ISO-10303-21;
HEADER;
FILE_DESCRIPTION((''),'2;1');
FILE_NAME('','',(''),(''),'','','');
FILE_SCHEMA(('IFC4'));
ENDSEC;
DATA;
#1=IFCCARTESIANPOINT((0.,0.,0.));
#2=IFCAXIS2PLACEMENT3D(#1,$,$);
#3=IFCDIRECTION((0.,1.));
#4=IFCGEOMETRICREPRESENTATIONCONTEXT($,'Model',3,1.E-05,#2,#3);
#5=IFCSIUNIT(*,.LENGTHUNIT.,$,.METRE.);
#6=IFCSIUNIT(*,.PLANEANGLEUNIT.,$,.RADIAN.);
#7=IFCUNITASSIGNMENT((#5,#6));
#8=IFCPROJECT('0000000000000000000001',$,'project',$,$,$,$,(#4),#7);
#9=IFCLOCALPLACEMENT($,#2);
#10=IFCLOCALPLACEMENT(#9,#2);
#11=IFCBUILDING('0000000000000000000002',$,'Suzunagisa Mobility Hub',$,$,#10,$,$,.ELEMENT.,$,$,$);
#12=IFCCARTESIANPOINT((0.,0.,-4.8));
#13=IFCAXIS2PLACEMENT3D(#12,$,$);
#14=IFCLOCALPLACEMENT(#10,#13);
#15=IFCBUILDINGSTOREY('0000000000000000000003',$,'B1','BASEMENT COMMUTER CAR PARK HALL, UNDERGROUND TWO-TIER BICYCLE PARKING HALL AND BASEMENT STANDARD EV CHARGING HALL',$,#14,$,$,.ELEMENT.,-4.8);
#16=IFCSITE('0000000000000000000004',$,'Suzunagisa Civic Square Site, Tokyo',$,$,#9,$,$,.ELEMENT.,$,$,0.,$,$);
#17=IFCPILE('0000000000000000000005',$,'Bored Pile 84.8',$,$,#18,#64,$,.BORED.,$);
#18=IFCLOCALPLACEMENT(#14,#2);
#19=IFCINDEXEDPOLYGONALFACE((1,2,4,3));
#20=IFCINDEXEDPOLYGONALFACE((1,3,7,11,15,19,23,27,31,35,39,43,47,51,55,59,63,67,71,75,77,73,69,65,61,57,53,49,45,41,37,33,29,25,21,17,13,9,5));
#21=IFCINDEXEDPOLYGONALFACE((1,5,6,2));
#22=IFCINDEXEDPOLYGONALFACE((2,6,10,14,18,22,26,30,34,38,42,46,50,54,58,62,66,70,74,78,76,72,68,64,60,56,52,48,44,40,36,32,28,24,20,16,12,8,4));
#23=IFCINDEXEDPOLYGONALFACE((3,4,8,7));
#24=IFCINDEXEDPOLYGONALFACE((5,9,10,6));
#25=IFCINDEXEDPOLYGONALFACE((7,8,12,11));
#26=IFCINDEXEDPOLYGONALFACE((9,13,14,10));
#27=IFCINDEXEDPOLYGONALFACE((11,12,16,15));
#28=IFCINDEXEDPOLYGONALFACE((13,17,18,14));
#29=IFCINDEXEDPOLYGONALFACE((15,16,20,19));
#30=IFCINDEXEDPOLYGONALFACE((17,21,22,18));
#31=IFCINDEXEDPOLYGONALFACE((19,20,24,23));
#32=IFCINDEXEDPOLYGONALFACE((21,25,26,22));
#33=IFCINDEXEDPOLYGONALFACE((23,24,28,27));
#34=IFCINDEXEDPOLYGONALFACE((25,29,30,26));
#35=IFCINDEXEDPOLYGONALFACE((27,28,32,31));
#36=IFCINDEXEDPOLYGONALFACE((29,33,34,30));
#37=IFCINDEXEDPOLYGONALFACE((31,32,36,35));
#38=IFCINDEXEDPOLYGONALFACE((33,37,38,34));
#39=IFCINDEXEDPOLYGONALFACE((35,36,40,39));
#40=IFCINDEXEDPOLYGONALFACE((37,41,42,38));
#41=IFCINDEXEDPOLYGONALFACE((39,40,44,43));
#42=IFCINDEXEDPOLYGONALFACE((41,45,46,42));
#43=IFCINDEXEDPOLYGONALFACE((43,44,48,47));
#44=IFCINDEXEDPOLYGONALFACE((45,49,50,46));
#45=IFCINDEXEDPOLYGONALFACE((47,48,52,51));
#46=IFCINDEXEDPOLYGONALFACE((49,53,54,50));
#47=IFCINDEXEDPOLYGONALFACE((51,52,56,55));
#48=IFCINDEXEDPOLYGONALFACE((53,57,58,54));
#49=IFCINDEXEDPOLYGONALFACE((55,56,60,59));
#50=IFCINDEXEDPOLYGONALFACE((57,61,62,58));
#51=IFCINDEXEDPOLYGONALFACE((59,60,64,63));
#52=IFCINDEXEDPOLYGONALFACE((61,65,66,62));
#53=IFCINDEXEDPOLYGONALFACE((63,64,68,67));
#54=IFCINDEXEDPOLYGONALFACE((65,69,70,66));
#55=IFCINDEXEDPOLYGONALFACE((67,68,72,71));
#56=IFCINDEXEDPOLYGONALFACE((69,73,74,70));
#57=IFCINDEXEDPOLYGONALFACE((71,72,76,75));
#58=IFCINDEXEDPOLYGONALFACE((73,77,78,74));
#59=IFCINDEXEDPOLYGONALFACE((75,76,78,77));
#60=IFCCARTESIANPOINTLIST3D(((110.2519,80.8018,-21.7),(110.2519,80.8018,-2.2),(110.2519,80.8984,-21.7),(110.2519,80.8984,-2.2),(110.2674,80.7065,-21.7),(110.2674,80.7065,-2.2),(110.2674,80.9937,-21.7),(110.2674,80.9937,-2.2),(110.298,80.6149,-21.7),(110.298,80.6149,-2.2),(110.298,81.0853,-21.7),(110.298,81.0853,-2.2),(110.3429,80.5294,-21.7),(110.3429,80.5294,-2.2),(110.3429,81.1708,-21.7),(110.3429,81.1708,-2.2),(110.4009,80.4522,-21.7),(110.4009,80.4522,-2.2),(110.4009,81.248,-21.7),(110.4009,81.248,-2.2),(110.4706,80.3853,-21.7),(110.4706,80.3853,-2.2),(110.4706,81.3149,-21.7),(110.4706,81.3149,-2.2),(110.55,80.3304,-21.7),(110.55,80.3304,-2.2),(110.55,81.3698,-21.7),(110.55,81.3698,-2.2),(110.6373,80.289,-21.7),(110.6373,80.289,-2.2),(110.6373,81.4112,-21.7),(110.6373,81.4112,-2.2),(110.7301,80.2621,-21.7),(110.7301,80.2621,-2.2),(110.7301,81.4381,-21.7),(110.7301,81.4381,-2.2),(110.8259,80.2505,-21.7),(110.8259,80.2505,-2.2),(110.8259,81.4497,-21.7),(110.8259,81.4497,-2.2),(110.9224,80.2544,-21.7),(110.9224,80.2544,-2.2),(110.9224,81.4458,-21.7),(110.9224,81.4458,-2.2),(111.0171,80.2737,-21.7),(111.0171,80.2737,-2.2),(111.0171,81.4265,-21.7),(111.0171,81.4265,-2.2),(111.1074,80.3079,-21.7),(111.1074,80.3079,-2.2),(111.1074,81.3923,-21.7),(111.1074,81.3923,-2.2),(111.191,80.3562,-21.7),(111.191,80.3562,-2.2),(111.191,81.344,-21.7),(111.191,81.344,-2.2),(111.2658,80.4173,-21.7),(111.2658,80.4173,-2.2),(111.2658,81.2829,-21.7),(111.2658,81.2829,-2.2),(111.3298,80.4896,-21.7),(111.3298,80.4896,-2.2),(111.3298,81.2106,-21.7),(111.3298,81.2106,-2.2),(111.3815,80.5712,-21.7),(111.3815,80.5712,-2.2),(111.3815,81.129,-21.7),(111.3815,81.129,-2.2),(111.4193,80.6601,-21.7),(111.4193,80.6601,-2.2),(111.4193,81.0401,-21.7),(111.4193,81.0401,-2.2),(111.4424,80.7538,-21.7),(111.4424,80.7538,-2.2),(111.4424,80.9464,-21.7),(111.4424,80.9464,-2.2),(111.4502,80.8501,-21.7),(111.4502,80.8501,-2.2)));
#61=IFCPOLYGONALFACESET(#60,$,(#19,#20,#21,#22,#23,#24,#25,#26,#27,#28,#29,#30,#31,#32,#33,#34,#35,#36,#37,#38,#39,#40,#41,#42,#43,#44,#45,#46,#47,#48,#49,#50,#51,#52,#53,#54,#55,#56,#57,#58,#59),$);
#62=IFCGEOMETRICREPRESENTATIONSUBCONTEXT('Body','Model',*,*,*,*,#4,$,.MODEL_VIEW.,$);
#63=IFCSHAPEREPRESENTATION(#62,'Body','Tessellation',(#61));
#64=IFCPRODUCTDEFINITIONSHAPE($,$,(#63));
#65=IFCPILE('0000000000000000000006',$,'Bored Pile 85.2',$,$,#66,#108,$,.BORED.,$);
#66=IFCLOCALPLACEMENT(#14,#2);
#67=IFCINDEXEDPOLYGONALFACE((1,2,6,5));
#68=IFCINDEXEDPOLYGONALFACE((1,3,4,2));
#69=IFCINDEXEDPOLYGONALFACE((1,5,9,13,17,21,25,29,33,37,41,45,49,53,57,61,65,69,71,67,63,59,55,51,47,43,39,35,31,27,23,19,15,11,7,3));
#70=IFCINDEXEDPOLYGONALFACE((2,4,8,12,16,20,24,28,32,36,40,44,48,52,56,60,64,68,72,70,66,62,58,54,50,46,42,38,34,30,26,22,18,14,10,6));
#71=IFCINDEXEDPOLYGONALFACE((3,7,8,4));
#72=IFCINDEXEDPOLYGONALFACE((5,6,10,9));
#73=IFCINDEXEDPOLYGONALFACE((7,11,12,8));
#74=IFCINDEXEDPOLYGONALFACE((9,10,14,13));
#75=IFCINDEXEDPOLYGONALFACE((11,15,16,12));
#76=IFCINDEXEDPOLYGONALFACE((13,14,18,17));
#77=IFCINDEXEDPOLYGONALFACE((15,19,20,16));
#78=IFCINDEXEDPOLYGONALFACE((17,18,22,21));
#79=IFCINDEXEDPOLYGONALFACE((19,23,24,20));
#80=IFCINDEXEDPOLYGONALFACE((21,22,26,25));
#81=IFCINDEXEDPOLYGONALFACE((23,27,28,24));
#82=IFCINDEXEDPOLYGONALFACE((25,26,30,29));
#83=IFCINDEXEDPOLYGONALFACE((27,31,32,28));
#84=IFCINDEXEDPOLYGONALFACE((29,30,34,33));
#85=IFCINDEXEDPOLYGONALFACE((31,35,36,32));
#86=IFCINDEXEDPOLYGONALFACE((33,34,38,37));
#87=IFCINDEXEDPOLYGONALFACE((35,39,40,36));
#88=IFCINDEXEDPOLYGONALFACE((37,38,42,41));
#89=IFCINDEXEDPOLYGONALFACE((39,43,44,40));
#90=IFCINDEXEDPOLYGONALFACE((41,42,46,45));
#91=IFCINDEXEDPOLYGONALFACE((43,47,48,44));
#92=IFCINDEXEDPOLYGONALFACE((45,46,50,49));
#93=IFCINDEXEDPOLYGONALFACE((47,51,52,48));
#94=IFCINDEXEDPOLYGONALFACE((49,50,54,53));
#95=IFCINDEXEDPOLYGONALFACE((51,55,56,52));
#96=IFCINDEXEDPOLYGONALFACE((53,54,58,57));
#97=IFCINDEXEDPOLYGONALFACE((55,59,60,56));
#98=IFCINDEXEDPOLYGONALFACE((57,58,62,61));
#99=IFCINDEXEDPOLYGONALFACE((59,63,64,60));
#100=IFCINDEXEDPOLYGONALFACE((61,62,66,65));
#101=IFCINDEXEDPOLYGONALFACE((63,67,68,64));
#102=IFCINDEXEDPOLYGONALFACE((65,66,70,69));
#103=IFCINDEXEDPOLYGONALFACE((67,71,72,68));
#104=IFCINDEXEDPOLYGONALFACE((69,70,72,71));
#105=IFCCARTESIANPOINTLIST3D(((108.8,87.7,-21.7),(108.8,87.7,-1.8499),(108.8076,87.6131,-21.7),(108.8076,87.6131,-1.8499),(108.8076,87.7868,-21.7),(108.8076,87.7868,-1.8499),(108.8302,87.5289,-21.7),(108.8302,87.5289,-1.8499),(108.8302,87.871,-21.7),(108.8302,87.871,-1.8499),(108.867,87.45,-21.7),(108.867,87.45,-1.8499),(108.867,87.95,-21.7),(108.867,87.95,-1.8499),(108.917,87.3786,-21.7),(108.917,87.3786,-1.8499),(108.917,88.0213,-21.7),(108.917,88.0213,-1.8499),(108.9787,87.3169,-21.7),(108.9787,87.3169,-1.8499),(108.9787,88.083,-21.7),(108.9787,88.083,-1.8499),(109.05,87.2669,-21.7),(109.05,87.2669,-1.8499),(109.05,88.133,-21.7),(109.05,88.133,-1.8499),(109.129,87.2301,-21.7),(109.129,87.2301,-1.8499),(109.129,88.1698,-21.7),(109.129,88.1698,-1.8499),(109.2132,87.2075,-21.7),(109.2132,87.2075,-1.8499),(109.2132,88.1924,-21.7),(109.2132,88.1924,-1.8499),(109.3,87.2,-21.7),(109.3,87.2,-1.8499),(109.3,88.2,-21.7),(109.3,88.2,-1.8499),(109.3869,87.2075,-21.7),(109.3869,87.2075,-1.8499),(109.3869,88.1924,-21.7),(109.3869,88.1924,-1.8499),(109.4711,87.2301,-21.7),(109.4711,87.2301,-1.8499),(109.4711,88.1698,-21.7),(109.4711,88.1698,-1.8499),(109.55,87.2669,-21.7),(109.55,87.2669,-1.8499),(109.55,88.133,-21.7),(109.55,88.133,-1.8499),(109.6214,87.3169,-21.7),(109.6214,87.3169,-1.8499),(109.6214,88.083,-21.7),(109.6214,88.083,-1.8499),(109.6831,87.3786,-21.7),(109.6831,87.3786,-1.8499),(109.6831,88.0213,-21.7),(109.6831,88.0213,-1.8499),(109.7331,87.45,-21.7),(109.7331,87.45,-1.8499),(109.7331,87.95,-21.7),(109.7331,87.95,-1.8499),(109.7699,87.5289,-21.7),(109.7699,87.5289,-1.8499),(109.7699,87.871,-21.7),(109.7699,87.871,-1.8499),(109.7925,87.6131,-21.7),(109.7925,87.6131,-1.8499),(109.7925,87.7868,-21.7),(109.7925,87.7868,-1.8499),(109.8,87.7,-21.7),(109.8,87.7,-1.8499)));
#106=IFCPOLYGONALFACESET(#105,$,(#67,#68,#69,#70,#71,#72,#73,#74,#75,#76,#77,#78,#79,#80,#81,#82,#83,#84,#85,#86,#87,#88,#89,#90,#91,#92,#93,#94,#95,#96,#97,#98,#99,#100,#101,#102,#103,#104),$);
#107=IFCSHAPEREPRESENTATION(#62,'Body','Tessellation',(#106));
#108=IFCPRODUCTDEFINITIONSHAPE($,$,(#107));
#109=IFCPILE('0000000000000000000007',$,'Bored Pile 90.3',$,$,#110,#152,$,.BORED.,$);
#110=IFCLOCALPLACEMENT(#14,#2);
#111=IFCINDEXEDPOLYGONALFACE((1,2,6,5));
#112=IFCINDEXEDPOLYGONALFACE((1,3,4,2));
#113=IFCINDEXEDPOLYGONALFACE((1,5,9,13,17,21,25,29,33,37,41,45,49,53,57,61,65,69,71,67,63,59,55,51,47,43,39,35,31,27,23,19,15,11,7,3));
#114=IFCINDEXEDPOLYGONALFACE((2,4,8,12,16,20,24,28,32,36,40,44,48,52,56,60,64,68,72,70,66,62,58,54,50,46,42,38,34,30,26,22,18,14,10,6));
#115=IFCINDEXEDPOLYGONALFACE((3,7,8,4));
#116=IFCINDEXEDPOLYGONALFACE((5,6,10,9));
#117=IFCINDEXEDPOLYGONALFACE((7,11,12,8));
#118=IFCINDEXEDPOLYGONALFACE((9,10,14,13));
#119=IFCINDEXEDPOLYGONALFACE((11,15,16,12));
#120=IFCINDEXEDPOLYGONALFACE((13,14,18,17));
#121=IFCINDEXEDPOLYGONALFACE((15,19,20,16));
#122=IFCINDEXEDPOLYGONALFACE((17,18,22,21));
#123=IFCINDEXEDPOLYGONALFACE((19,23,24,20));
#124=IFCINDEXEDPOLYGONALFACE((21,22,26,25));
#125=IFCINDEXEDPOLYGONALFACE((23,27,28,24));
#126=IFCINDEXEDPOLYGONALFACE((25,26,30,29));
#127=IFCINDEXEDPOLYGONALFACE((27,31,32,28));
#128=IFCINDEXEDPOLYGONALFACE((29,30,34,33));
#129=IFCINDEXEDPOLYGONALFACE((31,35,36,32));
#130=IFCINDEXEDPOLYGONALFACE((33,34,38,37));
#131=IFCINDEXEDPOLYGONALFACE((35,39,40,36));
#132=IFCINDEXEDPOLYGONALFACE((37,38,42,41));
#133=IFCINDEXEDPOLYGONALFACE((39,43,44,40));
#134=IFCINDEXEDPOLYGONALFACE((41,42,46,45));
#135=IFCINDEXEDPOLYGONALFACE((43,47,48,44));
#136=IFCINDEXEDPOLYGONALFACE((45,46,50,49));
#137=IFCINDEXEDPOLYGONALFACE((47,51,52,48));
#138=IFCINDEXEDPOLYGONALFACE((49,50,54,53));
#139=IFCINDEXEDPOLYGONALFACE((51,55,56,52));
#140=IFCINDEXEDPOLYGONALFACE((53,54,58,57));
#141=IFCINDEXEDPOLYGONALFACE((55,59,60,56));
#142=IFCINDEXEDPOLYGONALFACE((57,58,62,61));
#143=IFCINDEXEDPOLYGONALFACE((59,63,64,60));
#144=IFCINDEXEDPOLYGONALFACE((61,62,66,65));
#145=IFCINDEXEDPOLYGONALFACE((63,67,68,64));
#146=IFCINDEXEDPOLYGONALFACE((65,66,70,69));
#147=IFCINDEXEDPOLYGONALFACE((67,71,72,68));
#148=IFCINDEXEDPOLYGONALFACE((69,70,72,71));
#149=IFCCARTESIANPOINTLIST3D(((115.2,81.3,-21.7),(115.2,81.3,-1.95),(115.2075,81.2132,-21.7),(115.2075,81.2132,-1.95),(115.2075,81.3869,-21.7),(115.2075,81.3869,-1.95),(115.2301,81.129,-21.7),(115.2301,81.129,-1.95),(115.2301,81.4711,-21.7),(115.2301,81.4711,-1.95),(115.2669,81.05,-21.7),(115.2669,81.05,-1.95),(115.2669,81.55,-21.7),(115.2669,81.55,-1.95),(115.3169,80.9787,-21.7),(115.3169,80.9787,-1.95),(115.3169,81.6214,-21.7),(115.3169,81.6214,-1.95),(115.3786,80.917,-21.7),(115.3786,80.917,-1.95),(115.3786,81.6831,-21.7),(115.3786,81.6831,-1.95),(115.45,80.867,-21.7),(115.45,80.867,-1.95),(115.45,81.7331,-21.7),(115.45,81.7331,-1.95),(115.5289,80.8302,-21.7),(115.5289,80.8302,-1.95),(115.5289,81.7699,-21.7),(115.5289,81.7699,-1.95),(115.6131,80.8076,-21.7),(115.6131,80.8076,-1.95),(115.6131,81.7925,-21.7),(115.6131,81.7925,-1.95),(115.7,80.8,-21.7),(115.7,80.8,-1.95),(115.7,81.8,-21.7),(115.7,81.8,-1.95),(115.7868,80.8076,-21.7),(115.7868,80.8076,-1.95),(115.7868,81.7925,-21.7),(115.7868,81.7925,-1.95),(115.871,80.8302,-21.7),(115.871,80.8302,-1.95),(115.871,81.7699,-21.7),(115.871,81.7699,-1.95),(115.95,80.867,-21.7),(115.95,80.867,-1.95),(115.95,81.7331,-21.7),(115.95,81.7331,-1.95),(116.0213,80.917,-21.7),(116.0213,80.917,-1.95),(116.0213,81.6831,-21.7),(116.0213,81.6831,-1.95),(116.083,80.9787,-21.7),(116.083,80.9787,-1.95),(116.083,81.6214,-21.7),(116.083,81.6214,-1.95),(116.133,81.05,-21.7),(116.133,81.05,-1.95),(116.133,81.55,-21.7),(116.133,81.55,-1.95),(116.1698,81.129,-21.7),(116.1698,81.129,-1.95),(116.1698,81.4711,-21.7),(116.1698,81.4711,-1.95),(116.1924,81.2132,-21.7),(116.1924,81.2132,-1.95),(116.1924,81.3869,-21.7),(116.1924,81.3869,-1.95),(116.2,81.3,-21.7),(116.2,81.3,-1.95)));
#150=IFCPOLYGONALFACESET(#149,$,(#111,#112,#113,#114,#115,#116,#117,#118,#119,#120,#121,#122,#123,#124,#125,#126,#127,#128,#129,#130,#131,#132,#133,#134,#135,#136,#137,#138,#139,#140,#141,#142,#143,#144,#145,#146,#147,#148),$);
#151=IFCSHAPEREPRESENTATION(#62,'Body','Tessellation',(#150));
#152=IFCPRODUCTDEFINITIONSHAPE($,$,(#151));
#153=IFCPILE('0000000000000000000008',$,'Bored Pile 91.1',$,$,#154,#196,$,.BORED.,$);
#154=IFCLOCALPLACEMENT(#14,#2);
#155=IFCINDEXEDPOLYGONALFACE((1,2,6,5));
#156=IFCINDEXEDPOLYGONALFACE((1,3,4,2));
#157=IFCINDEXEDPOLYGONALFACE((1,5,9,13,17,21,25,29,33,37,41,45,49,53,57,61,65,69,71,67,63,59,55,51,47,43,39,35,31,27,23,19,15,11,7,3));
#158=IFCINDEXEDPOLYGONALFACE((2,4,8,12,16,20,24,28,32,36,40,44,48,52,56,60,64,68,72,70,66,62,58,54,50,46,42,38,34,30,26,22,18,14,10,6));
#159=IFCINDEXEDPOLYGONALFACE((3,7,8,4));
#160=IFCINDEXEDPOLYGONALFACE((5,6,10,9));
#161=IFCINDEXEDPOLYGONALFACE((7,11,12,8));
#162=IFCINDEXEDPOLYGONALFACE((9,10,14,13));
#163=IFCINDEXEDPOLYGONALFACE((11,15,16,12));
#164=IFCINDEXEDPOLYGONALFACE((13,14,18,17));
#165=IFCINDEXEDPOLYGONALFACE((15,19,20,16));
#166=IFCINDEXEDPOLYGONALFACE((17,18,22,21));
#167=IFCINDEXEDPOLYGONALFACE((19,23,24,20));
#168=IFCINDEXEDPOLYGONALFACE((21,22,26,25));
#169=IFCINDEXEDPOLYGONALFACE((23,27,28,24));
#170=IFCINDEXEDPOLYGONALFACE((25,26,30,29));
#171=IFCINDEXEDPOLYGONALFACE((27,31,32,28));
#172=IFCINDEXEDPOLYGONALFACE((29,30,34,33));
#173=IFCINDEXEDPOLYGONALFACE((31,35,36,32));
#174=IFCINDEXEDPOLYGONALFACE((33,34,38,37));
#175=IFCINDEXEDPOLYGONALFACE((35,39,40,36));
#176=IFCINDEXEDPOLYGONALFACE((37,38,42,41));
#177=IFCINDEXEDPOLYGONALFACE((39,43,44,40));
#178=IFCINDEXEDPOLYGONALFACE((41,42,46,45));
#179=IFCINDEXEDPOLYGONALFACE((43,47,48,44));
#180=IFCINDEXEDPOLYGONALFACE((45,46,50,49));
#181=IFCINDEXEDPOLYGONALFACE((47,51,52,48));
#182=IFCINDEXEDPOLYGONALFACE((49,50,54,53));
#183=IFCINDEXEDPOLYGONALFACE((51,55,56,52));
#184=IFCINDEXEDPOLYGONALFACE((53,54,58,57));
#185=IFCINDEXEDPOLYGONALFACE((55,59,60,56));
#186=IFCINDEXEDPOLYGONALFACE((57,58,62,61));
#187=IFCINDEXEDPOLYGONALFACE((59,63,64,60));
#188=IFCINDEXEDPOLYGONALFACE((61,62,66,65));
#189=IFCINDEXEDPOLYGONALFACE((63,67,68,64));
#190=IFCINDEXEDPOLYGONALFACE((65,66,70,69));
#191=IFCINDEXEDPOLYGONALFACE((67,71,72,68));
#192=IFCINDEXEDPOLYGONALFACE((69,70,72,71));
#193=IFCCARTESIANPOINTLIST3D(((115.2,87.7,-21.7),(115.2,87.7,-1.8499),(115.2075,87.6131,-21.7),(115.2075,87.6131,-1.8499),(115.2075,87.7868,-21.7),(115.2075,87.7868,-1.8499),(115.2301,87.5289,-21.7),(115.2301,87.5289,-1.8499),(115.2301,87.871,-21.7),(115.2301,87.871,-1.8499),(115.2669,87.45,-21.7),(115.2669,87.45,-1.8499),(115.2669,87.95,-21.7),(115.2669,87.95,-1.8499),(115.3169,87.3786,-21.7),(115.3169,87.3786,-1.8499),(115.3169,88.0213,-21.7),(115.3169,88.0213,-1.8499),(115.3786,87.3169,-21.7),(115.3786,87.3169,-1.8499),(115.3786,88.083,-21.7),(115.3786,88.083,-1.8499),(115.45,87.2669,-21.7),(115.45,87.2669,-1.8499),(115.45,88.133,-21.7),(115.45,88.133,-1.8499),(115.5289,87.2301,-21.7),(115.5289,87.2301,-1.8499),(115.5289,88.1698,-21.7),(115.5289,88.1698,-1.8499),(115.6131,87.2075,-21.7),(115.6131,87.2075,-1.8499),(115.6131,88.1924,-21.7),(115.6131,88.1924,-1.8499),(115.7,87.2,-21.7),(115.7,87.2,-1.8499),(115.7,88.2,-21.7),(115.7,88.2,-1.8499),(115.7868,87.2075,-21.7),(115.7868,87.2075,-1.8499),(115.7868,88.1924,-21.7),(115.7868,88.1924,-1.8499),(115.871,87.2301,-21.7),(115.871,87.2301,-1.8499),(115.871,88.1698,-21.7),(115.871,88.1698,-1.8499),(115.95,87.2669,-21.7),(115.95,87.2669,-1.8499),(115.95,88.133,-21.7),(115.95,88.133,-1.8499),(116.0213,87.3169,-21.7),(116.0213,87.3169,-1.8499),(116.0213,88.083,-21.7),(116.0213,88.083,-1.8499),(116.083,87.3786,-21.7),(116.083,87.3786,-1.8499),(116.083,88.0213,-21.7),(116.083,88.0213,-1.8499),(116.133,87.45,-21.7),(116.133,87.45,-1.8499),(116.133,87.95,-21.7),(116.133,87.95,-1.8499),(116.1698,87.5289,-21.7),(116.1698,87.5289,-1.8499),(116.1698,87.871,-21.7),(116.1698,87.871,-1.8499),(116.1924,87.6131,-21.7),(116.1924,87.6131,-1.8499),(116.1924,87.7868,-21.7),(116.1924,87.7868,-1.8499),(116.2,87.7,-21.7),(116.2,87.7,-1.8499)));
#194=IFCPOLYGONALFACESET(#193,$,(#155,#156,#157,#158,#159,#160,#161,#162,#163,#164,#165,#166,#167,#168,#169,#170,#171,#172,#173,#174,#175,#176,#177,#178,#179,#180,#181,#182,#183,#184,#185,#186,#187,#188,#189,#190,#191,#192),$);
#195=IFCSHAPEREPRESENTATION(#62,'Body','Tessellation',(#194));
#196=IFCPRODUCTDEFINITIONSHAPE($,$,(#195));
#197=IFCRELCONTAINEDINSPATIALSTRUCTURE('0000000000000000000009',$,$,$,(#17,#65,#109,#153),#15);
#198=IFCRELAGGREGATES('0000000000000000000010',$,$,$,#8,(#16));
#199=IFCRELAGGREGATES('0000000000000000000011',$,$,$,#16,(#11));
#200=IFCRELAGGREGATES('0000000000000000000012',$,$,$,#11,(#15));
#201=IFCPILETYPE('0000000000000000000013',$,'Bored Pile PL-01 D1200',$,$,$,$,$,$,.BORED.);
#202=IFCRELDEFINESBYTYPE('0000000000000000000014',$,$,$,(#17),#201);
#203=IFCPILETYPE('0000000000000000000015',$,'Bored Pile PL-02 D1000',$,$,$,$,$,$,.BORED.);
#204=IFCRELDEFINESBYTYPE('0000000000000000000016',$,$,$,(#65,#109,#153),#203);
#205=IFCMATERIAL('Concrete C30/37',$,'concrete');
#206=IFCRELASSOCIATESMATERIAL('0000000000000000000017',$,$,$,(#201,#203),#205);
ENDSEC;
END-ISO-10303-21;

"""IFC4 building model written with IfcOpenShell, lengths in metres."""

from ifc_helpers import new_model, si_unit, direction, frame, origin, origin_2d, place, context, subcontext, project, spatial, circle, extrude, material, material_profile, profile_set, type_object, element, save


model = new_model("IFC4")

# Units and contexts
model_context = context("Model", 3, precision=1e-05, world=origin(), true_north=direction((0.0, 1.0)))
body_context = subcontext(model_context, "Body", "Model", "MODEL_VIEW")
ifc_project = project(units=[si_unit("LENGTHUNIT", "METRE"), si_unit("PLANEANGLEUNIT", "RADIAN")], contexts=[model_context])

# Site, building, storey
site_placement = place(None, origin())
site = spatial("IfcSite", under=ifc_project, at=site_placement, Name="Suzunagisa Civic Square Site, Tokyo", CompositionType="ELEMENT", RefElevation=0.0)
building_placement = place(site_placement, origin())
building = spatial("IfcBuilding", under=site, at=building_placement, Name="Suzunagisa Mobility Hub", CompositionType="ELEMENT")
storey_placement = place(building_placement, frame((0.0, 0.0, -4.8)))
storey = spatial("IfcBuildingStorey", under=building, at=storey_placement, Name="B1", Description="BASEMENT COMMUTER CAR PARK HALL, UNDERGROUND TWO-TIER BICYCLE PARKING HALL AND BASEMENT STANDARD EV CHARGING HALL", CompositionType="ELEMENT", Elevation=-4.8)

# Piles
ifc_material_1 = material(Name="Concrete C30/37", Category="concrete")
ifc_material_profile_1 = material_profile(ifc_material_1, circle(Radius=0.6001, at=origin_2d()), Name="BORED PILE D1200")
ifc_profile_set_1 = profile_set([ifc_material_profile_1], Name="Concrete C30/37")
pile_type_1 = type_object("IfcPileType", Name="Bored Pile PL-01 D1200", PredefinedType="BORED", material=ifc_profile_set_1)
pile_1_placement = place(storey_placement, frame((110.8501, 80.8501, -2.2), z_axis=(0.0, 0.0, -1.0), x_axis=(1.0, 0.0, 0.0)))
element("IfcPile", 1, at=pile_1_placement, inside=storey, type_object=pile_type_1, Name="Bored Pile 84.8", PredefinedType="BORED", context=body_context, shape_type="SweptSolid", body=[
    extrude(circle(Radius=0.6001, at=origin_2d()), origin(), (0.0, 0.0, 1.0), 19.5),
])
ifc_material_profile_2 = material_profile(ifc_material_1, circle(Radius=0.5, at=origin_2d()), Name="BORED PILE D1000")
ifc_profile_set_2 = profile_set([ifc_material_profile_2], Name="Concrete C30/37")
pile_type_2 = type_object("IfcPileType", Name="Bored Pile PL-02 D1000", PredefinedType="BORED", material=ifc_profile_set_2)
pile_2_placement = place(storey_placement, frame((109.3, 87.7, -1.8499), z_axis=(0.0, 0.0, -1.0), x_axis=(1.0, 0.0, 0.0)))
element("IfcPile", 2, at=pile_2_placement, inside=storey, type_object=pile_type_2, Name="Bored Pile 85.2", PredefinedType="BORED", context=body_context, shape_type="SweptSolid", body=[
    extrude(circle(Radius=0.5, at=origin_2d()), origin(), (0.0, 0.0, 1.0), 19.8501),
])
pile_3_placement = place(storey_placement, frame((115.7, 81.3, -1.95), z_axis=(0.0, 0.0, -1.0), x_axis=(1.0, 0.0, 0.0)))
element("IfcPile", 3, at=pile_3_placement, inside=storey, type_object=pile_type_2, Name="Bored Pile 90.3", PredefinedType="BORED", context=body_context, shape_type="SweptSolid", body=[
    extrude(circle(Radius=0.5, at=origin_2d()), origin(), (0.0, 0.0, 1.0), 19.75),
])
pile_4_placement = place(storey_placement, frame((115.7, 87.7, -1.8499), z_axis=(0.0, 0.0, -1.0), x_axis=(1.0, 0.0, 0.0)))
element("IfcPile", 4, at=pile_4_placement, inside=storey, type_object=pile_type_2, Name="Bored Pile 91.1", PredefinedType="BORED", context=body_context, shape_type="SweptSolid", body=[
    extrude(circle(Radius=0.5, at=origin_2d()), origin(), (0.0, 0.0, 1.0), 19.8501),
])

save(model, "model.ifc")
